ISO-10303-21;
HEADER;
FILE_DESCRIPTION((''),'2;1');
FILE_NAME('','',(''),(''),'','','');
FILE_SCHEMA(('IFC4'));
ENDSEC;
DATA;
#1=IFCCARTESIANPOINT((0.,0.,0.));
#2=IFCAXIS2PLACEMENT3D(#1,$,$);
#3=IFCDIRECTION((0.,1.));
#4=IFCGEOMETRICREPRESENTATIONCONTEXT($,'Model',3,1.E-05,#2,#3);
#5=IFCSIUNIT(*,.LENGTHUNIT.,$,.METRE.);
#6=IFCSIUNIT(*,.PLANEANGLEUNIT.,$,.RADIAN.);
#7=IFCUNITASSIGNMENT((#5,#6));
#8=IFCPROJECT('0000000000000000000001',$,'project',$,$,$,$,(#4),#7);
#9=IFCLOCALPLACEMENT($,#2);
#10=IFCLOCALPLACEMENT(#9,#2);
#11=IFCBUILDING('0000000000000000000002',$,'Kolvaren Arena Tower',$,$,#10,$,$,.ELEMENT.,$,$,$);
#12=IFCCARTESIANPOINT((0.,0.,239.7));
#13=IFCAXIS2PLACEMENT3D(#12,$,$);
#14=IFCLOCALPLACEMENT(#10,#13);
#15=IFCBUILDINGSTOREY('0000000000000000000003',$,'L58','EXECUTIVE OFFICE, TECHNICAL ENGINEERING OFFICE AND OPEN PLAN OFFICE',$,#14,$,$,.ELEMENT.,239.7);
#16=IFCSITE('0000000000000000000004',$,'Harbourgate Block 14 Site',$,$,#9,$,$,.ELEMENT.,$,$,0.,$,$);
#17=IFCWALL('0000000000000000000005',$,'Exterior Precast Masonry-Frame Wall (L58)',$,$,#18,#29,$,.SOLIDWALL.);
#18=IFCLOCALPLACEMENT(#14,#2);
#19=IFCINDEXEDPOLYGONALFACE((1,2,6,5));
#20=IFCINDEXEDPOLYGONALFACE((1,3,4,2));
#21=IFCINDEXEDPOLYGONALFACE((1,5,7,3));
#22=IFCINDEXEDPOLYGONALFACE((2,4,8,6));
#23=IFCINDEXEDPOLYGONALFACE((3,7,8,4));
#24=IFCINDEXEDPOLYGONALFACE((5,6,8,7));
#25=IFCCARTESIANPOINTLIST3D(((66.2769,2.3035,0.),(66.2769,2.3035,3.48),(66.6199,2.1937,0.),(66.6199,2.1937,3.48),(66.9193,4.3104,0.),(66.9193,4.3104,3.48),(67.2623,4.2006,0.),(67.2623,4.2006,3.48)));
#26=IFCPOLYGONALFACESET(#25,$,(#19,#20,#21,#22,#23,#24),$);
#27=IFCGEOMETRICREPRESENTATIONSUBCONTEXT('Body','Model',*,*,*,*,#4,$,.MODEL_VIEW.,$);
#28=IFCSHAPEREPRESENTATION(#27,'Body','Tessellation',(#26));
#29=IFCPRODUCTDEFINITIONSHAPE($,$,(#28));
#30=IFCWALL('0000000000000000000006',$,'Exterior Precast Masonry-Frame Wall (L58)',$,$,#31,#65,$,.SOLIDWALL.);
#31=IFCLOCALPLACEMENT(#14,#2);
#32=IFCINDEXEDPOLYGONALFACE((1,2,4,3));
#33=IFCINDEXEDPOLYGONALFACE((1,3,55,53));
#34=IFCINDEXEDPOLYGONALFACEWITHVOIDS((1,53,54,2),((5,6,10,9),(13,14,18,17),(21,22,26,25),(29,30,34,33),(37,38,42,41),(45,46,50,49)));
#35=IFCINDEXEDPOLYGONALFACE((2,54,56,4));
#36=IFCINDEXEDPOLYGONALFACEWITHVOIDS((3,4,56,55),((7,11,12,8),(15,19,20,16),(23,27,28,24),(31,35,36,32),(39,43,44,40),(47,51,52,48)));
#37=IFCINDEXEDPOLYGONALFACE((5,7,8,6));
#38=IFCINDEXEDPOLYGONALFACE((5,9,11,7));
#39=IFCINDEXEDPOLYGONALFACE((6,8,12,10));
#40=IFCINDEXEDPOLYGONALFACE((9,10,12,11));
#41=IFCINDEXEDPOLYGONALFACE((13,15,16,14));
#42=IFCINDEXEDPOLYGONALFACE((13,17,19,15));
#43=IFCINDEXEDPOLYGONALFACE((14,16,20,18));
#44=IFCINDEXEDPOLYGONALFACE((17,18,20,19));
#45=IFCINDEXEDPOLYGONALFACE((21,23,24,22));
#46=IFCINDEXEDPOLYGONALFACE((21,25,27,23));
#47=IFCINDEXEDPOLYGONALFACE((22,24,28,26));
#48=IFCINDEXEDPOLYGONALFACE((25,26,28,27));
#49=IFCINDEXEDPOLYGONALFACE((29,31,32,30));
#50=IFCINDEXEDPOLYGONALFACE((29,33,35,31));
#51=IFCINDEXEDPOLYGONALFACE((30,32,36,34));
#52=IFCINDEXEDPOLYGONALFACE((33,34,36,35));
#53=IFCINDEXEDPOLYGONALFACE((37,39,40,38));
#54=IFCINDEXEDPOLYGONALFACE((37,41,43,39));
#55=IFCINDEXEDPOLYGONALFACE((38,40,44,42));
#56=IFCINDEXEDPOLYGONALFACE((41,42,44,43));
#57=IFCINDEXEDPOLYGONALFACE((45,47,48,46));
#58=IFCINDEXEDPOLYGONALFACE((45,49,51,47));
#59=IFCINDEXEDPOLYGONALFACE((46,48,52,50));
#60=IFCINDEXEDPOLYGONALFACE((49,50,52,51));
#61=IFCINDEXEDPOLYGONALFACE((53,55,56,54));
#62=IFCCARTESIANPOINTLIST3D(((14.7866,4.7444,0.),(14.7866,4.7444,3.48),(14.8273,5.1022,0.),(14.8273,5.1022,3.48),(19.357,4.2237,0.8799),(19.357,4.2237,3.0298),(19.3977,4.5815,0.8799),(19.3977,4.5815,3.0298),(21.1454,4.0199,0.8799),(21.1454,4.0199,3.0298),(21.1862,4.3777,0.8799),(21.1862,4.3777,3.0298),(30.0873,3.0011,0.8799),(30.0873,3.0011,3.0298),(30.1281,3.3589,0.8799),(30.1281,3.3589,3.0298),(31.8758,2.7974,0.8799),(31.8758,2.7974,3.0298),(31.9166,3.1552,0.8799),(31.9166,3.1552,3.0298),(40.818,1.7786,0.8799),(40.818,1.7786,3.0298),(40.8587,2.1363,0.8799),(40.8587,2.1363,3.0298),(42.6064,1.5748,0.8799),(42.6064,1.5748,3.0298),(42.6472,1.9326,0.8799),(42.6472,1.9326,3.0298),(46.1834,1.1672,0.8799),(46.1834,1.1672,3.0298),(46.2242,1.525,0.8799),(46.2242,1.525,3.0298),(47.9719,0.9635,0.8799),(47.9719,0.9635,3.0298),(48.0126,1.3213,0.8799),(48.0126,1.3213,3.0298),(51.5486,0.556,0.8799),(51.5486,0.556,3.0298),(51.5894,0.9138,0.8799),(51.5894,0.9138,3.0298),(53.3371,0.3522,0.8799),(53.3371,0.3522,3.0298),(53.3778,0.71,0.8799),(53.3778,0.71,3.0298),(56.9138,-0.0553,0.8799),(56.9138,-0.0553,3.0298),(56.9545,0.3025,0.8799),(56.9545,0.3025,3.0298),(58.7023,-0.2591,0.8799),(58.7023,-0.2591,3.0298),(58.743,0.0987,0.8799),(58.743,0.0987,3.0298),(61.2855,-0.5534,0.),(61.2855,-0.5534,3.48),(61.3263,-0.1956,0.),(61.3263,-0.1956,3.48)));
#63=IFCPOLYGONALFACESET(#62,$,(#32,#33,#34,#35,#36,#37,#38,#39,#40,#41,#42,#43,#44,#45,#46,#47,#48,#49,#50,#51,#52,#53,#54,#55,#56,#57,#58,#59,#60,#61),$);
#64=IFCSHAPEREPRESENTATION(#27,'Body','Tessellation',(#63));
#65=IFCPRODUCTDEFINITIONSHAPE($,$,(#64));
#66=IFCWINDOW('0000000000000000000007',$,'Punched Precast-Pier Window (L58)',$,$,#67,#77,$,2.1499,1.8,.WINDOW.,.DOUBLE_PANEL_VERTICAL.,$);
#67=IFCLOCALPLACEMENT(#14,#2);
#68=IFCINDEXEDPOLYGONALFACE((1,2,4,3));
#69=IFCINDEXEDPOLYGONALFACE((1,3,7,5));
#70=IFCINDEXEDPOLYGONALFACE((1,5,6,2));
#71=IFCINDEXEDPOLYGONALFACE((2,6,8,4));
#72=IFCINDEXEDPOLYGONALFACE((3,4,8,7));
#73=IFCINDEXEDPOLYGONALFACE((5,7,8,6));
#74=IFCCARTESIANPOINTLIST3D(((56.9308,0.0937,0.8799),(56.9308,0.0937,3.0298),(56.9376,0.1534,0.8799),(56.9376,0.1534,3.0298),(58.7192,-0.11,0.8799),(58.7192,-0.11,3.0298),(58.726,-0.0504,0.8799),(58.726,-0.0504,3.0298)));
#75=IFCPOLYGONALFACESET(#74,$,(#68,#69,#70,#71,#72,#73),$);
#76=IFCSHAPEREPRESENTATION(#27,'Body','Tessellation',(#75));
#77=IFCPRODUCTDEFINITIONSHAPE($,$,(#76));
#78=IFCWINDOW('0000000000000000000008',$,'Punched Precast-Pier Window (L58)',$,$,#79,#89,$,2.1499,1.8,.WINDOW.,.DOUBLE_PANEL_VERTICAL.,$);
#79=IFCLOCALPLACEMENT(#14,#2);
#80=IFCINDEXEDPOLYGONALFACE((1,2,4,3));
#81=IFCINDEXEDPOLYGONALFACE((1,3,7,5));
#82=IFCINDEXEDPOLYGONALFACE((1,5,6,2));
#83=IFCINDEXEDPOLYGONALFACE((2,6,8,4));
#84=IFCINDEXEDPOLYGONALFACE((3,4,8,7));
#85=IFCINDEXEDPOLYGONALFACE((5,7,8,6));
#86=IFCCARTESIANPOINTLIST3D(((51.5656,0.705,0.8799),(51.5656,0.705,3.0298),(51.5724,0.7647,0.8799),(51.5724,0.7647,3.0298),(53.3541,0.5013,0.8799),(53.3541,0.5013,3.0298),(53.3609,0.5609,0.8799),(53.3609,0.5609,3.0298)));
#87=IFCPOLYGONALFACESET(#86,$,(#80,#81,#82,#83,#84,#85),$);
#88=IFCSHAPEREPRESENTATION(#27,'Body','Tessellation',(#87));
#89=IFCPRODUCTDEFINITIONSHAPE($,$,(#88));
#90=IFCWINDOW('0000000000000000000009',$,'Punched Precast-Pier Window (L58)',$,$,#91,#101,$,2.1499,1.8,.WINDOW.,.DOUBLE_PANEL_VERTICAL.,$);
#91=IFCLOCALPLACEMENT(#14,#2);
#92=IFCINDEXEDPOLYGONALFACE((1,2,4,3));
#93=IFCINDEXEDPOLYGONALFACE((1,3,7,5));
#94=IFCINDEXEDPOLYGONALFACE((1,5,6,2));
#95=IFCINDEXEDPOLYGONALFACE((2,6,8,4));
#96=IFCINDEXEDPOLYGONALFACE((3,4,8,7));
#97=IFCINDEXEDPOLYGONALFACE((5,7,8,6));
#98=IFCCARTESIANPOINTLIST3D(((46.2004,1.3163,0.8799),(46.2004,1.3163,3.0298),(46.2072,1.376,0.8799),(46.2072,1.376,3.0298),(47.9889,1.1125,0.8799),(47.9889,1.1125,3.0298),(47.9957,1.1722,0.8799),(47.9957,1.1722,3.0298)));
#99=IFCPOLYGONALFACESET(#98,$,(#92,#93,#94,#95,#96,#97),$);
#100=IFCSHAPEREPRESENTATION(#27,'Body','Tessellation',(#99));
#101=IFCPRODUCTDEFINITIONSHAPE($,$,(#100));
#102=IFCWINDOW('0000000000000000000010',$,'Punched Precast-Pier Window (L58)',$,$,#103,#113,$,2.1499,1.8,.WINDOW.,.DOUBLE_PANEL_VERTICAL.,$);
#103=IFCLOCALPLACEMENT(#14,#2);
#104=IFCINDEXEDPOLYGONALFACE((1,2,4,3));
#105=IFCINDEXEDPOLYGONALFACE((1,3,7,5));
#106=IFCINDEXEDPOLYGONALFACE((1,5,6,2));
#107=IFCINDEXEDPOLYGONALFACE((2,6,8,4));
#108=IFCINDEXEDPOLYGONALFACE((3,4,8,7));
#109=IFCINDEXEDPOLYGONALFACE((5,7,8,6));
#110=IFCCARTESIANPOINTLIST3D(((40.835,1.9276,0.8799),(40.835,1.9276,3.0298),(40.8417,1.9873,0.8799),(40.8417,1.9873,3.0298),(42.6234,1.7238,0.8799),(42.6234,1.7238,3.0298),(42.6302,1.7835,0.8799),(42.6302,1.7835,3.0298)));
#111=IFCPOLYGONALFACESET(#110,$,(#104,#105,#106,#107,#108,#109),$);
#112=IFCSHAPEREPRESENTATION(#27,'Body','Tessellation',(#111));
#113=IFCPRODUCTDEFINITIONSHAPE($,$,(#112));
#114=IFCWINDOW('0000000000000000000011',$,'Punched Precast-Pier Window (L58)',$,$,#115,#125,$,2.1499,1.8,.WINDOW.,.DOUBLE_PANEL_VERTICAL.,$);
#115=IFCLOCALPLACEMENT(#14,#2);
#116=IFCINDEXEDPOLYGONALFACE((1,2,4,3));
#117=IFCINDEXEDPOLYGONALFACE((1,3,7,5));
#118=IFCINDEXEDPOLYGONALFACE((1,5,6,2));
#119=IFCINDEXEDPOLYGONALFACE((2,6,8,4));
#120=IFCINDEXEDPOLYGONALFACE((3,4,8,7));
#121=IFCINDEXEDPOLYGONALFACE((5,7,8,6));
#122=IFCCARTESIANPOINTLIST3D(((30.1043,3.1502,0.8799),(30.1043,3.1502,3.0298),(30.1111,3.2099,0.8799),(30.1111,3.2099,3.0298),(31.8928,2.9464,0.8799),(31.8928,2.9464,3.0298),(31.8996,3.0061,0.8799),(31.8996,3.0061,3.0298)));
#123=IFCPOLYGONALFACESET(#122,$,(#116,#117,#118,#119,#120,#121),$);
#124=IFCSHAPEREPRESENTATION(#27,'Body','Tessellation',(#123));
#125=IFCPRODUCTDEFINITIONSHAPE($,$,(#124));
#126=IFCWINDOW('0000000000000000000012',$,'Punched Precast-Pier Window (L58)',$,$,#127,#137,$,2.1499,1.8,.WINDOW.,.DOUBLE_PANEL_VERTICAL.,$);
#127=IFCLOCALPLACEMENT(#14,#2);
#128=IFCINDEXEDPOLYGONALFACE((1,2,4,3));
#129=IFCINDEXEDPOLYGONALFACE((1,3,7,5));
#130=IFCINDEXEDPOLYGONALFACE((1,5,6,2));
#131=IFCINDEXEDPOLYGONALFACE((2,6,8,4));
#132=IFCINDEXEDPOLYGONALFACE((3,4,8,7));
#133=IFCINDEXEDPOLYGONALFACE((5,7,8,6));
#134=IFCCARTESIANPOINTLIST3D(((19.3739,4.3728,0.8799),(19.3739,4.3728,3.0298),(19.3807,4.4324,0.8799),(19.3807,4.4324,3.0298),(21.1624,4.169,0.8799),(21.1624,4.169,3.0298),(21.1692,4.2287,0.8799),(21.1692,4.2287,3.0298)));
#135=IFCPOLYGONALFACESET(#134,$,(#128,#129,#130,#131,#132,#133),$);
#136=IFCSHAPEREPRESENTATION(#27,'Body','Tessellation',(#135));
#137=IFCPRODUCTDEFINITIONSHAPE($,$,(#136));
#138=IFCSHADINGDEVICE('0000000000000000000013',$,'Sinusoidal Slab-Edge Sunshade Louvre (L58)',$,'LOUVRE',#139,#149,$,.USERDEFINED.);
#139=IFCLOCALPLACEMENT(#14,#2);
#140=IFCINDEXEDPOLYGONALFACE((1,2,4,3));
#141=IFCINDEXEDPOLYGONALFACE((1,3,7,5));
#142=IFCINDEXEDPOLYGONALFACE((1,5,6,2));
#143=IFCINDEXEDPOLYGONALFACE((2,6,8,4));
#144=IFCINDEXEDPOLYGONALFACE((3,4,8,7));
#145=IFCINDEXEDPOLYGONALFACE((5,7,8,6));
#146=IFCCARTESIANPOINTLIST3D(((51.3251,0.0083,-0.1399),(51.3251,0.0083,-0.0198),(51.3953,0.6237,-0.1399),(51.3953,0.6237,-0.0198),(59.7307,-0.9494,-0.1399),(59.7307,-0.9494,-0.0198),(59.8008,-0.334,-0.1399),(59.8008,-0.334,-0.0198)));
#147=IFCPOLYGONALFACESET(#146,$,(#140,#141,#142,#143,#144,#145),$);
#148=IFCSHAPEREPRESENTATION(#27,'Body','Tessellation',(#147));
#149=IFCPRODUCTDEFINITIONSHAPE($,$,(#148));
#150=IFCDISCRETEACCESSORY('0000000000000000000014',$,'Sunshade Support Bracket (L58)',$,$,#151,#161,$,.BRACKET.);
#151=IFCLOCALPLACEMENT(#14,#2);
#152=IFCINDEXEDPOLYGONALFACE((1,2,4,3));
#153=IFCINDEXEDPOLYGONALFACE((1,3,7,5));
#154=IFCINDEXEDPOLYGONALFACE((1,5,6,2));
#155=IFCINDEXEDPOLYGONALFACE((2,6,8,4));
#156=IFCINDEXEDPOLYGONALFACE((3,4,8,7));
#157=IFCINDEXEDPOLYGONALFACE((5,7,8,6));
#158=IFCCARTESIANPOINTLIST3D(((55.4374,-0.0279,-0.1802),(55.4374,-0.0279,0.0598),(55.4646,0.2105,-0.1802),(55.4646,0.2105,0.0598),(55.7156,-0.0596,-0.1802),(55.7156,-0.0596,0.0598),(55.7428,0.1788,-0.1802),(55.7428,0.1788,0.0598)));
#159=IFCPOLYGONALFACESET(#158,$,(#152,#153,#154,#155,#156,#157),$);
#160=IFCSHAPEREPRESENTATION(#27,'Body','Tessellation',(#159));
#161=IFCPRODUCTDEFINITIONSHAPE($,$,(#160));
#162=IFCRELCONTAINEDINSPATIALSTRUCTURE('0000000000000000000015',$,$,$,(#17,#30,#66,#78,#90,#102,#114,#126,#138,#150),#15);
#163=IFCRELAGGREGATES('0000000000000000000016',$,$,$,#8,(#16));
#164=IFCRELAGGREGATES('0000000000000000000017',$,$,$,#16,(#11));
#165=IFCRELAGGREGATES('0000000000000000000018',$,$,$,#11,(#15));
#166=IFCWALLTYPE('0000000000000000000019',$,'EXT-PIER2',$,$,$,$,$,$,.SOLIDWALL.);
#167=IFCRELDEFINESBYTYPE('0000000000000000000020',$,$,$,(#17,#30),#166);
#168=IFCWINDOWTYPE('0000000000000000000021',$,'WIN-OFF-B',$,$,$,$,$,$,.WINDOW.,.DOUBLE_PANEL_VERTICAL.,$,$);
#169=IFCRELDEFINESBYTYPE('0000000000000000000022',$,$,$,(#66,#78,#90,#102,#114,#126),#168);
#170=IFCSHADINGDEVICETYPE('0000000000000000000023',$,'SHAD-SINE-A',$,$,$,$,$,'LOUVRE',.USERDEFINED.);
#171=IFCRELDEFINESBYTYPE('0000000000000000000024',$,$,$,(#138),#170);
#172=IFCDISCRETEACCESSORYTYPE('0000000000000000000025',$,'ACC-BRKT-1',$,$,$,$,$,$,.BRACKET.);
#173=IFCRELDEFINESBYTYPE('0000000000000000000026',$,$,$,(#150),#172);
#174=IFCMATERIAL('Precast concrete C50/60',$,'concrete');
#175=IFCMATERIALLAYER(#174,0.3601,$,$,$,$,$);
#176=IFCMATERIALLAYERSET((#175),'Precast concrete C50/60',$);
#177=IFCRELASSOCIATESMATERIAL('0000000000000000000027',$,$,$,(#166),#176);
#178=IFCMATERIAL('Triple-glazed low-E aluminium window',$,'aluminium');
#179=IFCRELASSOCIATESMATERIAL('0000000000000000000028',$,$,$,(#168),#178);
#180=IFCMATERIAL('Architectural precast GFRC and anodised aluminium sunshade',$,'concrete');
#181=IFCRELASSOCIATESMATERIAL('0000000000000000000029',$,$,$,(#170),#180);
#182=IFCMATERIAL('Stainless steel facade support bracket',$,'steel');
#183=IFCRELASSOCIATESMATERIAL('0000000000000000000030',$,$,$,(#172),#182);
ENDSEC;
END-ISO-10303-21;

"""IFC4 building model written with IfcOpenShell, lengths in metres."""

from ifc_helpers import new_model, si_unit, direction, frame, frame_2d, origin, origin_2d, place, context, subcontext, project, spatial, rectangle, extrude, material, layer, layer_set, type_object, element, fill, save


model = new_model("IFC4")

# Units and contexts
model_context = context("Model", 3, precision=1e-05, world=origin(), true_north=direction((0.0, 1.0)))
body_context = subcontext(model_context, "Body", "Model", "MODEL_VIEW")
ifc_project = project(units=[si_unit("LENGTHUNIT", "METRE"), si_unit("PLANEANGLEUNIT", "RADIAN")], contexts=[model_context])

# Site, building, storey
site_placement = place(None, origin())
site = spatial("IfcSite", under=ifc_project, at=site_placement, Name="Harbourgate Block 14 Site", CompositionType="ELEMENT", RefElevation=0.0)
building_placement = place(site_placement, origin())
building = spatial("IfcBuilding", under=site, at=building_placement, Name="Kolvaren Arena Tower", CompositionType="ELEMENT")
storey_placement = place(building_placement, frame((0.0, 0.0, 239.7)))
storey = spatial("IfcBuildingStorey", under=building, at=storey_placement, Name="L58", Description="EXECUTIVE OFFICE, TECHNICAL ENGINEERING OFFICE AND OPEN PLAN OFFICE", CompositionType="ELEMENT", Elevation=239.7)

# Wall
ifc_material_1 = material(Name="Precast concrete C50/60", Category="concrete")
ifc_layer_1 = layer(ifc_material_1, 0.3601)
ifc_layer_set_1 = layer_set([ifc_layer_1], Name="Precast concrete C50/60")
wall_type_1 = type_object("IfcWallType", Name="EXT-PIER2", PredefinedType="SOLIDWALL", material=ifc_layer_set_1)
wall_1_placement = place(storey_placement, frame((67.0908, 4.2556, 0.0), z_axis=(0.0, 0.0, 1.0), x_axis=(-0.304839, -0.952404, 0.0)))
element("IfcWall", 1, at=wall_1_placement, inside=storey, type_object=wall_type_1, Name="Exterior Precast Masonry-Frame Wall (L58)", PredefinedType="SOLIDWALL", context=body_context, shape_type="SweptSolid", body=[
    extrude(rectangle(XDim=2.1072, YDim=0.3601, at=frame_2d((1.0537, 0.0))), origin(), (0.0, 0.0, 1.0), 3.48),
])

# Wall, openings, windows
wall_2_placement = place(storey_placement, frame((61.3059, -0.3745, 0.0), z_axis=(0.0, 0.0, 1.0), x_axis=(-0.993572, 0.113202, 0.0)))
wall_2 = element("IfcWall", 2, at=wall_2_placement, inside=storey, type_object=wall_type_1, Name="Exterior Precast Masonry-Frame Wall (L58)", PredefinedType="SOLIDWALL", context=body_context, shape_type="SweptSolid", body=[
    extrude(rectangle(XDim=46.7998, YDim=0.3601, at=frame_2d((23.3999, 0.0))), origin(), (0.0, 0.0, 1.0), 3.48),
])
opening_1_placement = place(wall_2_placement, frame((2.6001, 0.0, 0.8799)))
opening_1 = element("IfcOpeningElement", 3, at=opening_1_placement, cuts=wall_2, PredefinedType="OPENING", context=body_context, shape_type="SweptSolid", body=[
    extrude(rectangle(XDim=1.8, YDim=2.1499, at=frame_2d((0.8999, 1.075))), frame((0.0, 0.1899, 0.0), z_axis=(0.0, -1.0, 0.0), x_axis=(1.0, 0.0, 0.0)), (0.0, 0.0, 1.0), 0.3801),
])
opening_2_placement = place(wall_2_placement, frame((8.0, 0.0, 0.8799)))
opening_2 = element("IfcOpeningElement", 4, at=opening_2_placement, cuts=wall_2, PredefinedType="OPENING", context=body_context, shape_type="SweptSolid", body=[
    extrude(rectangle(XDim=1.8, YDim=2.1499, at=frame_2d((0.8999, 1.075))), frame((0.0, 0.1899, 0.0), z_axis=(0.0, -1.0, 0.0), x_axis=(1.0, 0.0, 0.0)), (0.0, 0.0, 1.0), 0.3801),
])
opening_3_placement = place(wall_2_placement, frame((13.3999, 0.0, 0.8799)))
opening_3 = element("IfcOpeningElement", 5, at=opening_3_placement, cuts=wall_2, PredefinedType="OPENING", context=body_context, shape_type="SweptSolid", body=[
    extrude(rectangle(XDim=1.8, YDim=2.1499, at=frame_2d((0.8999, 1.075))), frame((0.0, 0.1899, 0.0), z_axis=(0.0, -1.0, 0.0), x_axis=(1.0, 0.0, 0.0)), (0.0, 0.0, 1.0), 0.3801),
])
opening_4_placement = place(wall_2_placement, frame((18.8, 0.0, 0.8799)))
opening_4 = element("IfcOpeningElement", 6, at=opening_4_placement, cuts=wall_2, PredefinedType="OPENING", context=body_context, shape_type="SweptSolid", body=[
    extrude(rectangle(XDim=1.8, YDim=2.1499, at=frame_2d((0.8999, 1.075))), frame((0.0, 0.1899, 0.0), z_axis=(0.0, -1.0, 0.0), x_axis=(1.0, 0.0, 0.0)), (0.0, 0.0, 1.0), 0.3801),
])
opening_5_placement = place(wall_2_placement, frame((29.6001, 0.0, 0.8799)))
opening_5 = element("IfcOpeningElement", 7, at=opening_5_placement, cuts=wall_2, PredefinedType="OPENING", context=body_context, shape_type="SweptSolid", body=[
    extrude(rectangle(XDim=1.8, YDim=2.1499, at=frame_2d((0.8999, 1.075))), frame((0.0, 0.1899, 0.0), z_axis=(0.0, -1.0, 0.0), x_axis=(1.0, 0.0, 0.0)), (0.0, 0.0, 1.0), 0.3801),
])
opening_6_placement = place(wall_2_placement, frame((40.3999, 0.0, 0.8799)))
opening_6 = element("IfcOpeningElement", 8, at=opening_6_placement, cuts=wall_2, PredefinedType="OPENING", context=body_context, shape_type="SweptSolid", body=[
    extrude(rectangle(XDim=1.8, YDim=2.1499, at=frame_2d((0.8999, 1.075))), frame((0.0, 0.1899, 0.0), z_axis=(0.0, -1.0, 0.0), x_axis=(1.0, 0.0, 0.0)), (0.0, 0.0, 1.0), 0.3801),
])
ifc_material_2 = material(Name="Triple-glazed low-E aluminium window", Category="aluminium")
window_type = type_object("IfcWindowType", Name="WIN-OFF-B", PartitioningType="DOUBLE_PANEL_VERTICAL", PredefinedType="WINDOW", material=ifc_material_2)
window_1_placement = place(opening_1_placement, origin())
window_1 = element("IfcWindow", 9, at=window_1_placement, inside=storey, type_object=window_type, Name="Punched Precast-Pier Window (L58)", OverallHeight=2.1499, OverallWidth=1.8, PartitioningType="DOUBLE_PANEL_VERTICAL", PredefinedType="WINDOW", context=body_context, shape_type="SweptSolid", body=[
    extrude(rectangle(XDim=1.8, YDim=2.1499, at=frame_2d((0.8999, 1.075))), frame((0.0, 0.03, 0.0), z_axis=(0.0, -1.0, 0.0), x_axis=(1.0, 0.0, 0.0)), (0.0, 0.0, 1.0), 0.0601),
])
fill(opening_1, window_1)
window_2_placement = place(opening_2_placement, origin())
window_2 = element("IfcWindow", 10, at=window_2_placement, inside=storey, type_object=window_type, Name="Punched Precast-Pier Window (L58)", OverallHeight=2.1499, OverallWidth=1.8, PartitioningType="DOUBLE_PANEL_VERTICAL", PredefinedType="WINDOW", context=body_context, shape_type="SweptSolid", body=[
    extrude(rectangle(XDim=1.8, YDim=2.1499, at=frame_2d((0.8999, 1.075))), frame((0.0, 0.03, 0.0), z_axis=(0.0, -1.0, 0.0), x_axis=(1.0, 0.0, 0.0)), (0.0, 0.0, 1.0), 0.0601),
])
fill(opening_2, window_2)
window_3_placement = place(opening_3_placement, origin())
window_3 = element("IfcWindow", 11, at=window_3_placement, inside=storey, type_object=window_type, Name="Punched Precast-Pier Window (L58)", OverallHeight=2.1499, OverallWidth=1.8, PartitioningType="DOUBLE_PANEL_VERTICAL", PredefinedType="WINDOW", context=body_context, shape_type="SweptSolid", body=[
    extrude(rectangle(XDim=1.8, YDim=2.1499, at=frame_2d((0.8999, 1.075))), frame((0.0, 0.03, 0.0), z_axis=(0.0, -1.0, 0.0), x_axis=(1.0, 0.0, 0.0)), (0.0, 0.0, 1.0), 0.0601),
])
fill(opening_3, window_3)
window_4_placement = place(opening_4_placement, origin())
window_4 = element("IfcWindow", 12, at=window_4_placement, inside=storey, type_object=window_type, Name="Punched Precast-Pier Window (L58)", OverallHeight=2.1499, OverallWidth=1.8, PartitioningType="DOUBLE_PANEL_VERTICAL", PredefinedType="WINDOW", context=body_context, shape_type="SweptSolid", body=[
    extrude(rectangle(XDim=1.8, YDim=2.1499, at=frame_2d((0.8999, 1.075))), frame((0.0, 0.03, 0.0), z_axis=(0.0, -1.0, 0.0), x_axis=(1.0, 0.0, 0.0)), (0.0, 0.0, 1.0), 0.0601),
])
fill(opening_4, window_4)
window_5_placement = place(opening_5_placement, origin())
window_5 = element("IfcWindow", 13, at=window_5_placement, inside=storey, type_object=window_type, Name="Punched Precast-Pier Window (L58)", OverallHeight=2.1499, OverallWidth=1.8, PartitioningType="DOUBLE_PANEL_VERTICAL", PredefinedType="WINDOW", context=body_context, shape_type="SweptSolid", body=[
    extrude(rectangle(XDim=1.8, YDim=2.1499, at=frame_2d((0.8999, 1.075))), frame((0.0, 0.03, 0.0), z_axis=(0.0, -1.0, 0.0), x_axis=(1.0, 0.0, 0.0)), (0.0, 0.0, 1.0), 0.0601),
])
fill(opening_5, window_5)
window_6_placement = place(opening_6_placement, origin())
window_6 = element("IfcWindow", 14, at=window_6_placement, inside=storey, type_object=window_type, Name="Punched Precast-Pier Window (L58)", OverallHeight=2.1499, OverallWidth=1.8, PartitioningType="DOUBLE_PANEL_VERTICAL", PredefinedType="WINDOW", context=body_context, shape_type="SweptSolid", body=[
    extrude(rectangle(XDim=1.8, YDim=2.1499, at=frame_2d((0.8999, 1.075))), frame((0.0, 0.03, 0.0), z_axis=(0.0, -1.0, 0.0), x_axis=(1.0, 0.0, 0.0)), (0.0, 0.0, 1.0), 0.0601),
])
fill(opening_6, window_6)

# Shading device
ifc_material_3 = material(Name="Architectural precast GFRC and anodised aluminium sunshade", Category="concrete")
shading_device_type = type_object("IfcShadingDeviceType", Name="SHAD-SINE-A", ElementType="LOUVRE", PredefinedType="USERDEFINED", material=ifc_material_3)
shading_device_placement = place(storey_placement, frame((55.563, -0.1628, -0.1399), z_axis=(0.0, 0.0, 1.0), x_axis=(-0.993572, 0.113205, 0.0)))
element("IfcShadingDevice", 15, at=shading_device_placement, inside=storey, type_object=shading_device_type, Name="Sinusoidal Slab-Edge Sunshade Louvre (L58)", ObjectType="LOUVRE", PredefinedType="USERDEFINED", context=body_context, shape_type="SweptSolid", body=[
    extrude(rectangle(XDim=8.46, YDim=0.6194, at=origin_2d()), origin(), (0.0, 0.0, 1.0), 0.1201),
])

# Discrete accessory
ifc_material_4 = material(Name="Stainless steel facade support bracket", Category="steel")
discrete_accessory_type = type_object("IfcDiscreteAccessoryType", Name="ACC-BRKT-1", PredefinedType="BRACKET", material=ifc_material_4)
discrete_accessory_placement = place(storey_placement, frame((55.5901, 0.0754, -0.1802), z_axis=(0.0, 0.0, 1.0), x_axis=(-0.993572, 0.113205, 0.0)))
element("IfcDiscreteAccessory", 16, at=discrete_accessory_placement, inside=storey, type_object=discrete_accessory_type, Name="Sunshade Support Bracket (L58)", PredefinedType="BRACKET", context=body_context, shape_type="SweptSolid", body=[
    extrude(rectangle(XDim=0.28, YDim=0.24, at=origin_2d()), origin(), (0.0, 0.0, 1.0), 0.24),
])

save(model, "model.ifc")
